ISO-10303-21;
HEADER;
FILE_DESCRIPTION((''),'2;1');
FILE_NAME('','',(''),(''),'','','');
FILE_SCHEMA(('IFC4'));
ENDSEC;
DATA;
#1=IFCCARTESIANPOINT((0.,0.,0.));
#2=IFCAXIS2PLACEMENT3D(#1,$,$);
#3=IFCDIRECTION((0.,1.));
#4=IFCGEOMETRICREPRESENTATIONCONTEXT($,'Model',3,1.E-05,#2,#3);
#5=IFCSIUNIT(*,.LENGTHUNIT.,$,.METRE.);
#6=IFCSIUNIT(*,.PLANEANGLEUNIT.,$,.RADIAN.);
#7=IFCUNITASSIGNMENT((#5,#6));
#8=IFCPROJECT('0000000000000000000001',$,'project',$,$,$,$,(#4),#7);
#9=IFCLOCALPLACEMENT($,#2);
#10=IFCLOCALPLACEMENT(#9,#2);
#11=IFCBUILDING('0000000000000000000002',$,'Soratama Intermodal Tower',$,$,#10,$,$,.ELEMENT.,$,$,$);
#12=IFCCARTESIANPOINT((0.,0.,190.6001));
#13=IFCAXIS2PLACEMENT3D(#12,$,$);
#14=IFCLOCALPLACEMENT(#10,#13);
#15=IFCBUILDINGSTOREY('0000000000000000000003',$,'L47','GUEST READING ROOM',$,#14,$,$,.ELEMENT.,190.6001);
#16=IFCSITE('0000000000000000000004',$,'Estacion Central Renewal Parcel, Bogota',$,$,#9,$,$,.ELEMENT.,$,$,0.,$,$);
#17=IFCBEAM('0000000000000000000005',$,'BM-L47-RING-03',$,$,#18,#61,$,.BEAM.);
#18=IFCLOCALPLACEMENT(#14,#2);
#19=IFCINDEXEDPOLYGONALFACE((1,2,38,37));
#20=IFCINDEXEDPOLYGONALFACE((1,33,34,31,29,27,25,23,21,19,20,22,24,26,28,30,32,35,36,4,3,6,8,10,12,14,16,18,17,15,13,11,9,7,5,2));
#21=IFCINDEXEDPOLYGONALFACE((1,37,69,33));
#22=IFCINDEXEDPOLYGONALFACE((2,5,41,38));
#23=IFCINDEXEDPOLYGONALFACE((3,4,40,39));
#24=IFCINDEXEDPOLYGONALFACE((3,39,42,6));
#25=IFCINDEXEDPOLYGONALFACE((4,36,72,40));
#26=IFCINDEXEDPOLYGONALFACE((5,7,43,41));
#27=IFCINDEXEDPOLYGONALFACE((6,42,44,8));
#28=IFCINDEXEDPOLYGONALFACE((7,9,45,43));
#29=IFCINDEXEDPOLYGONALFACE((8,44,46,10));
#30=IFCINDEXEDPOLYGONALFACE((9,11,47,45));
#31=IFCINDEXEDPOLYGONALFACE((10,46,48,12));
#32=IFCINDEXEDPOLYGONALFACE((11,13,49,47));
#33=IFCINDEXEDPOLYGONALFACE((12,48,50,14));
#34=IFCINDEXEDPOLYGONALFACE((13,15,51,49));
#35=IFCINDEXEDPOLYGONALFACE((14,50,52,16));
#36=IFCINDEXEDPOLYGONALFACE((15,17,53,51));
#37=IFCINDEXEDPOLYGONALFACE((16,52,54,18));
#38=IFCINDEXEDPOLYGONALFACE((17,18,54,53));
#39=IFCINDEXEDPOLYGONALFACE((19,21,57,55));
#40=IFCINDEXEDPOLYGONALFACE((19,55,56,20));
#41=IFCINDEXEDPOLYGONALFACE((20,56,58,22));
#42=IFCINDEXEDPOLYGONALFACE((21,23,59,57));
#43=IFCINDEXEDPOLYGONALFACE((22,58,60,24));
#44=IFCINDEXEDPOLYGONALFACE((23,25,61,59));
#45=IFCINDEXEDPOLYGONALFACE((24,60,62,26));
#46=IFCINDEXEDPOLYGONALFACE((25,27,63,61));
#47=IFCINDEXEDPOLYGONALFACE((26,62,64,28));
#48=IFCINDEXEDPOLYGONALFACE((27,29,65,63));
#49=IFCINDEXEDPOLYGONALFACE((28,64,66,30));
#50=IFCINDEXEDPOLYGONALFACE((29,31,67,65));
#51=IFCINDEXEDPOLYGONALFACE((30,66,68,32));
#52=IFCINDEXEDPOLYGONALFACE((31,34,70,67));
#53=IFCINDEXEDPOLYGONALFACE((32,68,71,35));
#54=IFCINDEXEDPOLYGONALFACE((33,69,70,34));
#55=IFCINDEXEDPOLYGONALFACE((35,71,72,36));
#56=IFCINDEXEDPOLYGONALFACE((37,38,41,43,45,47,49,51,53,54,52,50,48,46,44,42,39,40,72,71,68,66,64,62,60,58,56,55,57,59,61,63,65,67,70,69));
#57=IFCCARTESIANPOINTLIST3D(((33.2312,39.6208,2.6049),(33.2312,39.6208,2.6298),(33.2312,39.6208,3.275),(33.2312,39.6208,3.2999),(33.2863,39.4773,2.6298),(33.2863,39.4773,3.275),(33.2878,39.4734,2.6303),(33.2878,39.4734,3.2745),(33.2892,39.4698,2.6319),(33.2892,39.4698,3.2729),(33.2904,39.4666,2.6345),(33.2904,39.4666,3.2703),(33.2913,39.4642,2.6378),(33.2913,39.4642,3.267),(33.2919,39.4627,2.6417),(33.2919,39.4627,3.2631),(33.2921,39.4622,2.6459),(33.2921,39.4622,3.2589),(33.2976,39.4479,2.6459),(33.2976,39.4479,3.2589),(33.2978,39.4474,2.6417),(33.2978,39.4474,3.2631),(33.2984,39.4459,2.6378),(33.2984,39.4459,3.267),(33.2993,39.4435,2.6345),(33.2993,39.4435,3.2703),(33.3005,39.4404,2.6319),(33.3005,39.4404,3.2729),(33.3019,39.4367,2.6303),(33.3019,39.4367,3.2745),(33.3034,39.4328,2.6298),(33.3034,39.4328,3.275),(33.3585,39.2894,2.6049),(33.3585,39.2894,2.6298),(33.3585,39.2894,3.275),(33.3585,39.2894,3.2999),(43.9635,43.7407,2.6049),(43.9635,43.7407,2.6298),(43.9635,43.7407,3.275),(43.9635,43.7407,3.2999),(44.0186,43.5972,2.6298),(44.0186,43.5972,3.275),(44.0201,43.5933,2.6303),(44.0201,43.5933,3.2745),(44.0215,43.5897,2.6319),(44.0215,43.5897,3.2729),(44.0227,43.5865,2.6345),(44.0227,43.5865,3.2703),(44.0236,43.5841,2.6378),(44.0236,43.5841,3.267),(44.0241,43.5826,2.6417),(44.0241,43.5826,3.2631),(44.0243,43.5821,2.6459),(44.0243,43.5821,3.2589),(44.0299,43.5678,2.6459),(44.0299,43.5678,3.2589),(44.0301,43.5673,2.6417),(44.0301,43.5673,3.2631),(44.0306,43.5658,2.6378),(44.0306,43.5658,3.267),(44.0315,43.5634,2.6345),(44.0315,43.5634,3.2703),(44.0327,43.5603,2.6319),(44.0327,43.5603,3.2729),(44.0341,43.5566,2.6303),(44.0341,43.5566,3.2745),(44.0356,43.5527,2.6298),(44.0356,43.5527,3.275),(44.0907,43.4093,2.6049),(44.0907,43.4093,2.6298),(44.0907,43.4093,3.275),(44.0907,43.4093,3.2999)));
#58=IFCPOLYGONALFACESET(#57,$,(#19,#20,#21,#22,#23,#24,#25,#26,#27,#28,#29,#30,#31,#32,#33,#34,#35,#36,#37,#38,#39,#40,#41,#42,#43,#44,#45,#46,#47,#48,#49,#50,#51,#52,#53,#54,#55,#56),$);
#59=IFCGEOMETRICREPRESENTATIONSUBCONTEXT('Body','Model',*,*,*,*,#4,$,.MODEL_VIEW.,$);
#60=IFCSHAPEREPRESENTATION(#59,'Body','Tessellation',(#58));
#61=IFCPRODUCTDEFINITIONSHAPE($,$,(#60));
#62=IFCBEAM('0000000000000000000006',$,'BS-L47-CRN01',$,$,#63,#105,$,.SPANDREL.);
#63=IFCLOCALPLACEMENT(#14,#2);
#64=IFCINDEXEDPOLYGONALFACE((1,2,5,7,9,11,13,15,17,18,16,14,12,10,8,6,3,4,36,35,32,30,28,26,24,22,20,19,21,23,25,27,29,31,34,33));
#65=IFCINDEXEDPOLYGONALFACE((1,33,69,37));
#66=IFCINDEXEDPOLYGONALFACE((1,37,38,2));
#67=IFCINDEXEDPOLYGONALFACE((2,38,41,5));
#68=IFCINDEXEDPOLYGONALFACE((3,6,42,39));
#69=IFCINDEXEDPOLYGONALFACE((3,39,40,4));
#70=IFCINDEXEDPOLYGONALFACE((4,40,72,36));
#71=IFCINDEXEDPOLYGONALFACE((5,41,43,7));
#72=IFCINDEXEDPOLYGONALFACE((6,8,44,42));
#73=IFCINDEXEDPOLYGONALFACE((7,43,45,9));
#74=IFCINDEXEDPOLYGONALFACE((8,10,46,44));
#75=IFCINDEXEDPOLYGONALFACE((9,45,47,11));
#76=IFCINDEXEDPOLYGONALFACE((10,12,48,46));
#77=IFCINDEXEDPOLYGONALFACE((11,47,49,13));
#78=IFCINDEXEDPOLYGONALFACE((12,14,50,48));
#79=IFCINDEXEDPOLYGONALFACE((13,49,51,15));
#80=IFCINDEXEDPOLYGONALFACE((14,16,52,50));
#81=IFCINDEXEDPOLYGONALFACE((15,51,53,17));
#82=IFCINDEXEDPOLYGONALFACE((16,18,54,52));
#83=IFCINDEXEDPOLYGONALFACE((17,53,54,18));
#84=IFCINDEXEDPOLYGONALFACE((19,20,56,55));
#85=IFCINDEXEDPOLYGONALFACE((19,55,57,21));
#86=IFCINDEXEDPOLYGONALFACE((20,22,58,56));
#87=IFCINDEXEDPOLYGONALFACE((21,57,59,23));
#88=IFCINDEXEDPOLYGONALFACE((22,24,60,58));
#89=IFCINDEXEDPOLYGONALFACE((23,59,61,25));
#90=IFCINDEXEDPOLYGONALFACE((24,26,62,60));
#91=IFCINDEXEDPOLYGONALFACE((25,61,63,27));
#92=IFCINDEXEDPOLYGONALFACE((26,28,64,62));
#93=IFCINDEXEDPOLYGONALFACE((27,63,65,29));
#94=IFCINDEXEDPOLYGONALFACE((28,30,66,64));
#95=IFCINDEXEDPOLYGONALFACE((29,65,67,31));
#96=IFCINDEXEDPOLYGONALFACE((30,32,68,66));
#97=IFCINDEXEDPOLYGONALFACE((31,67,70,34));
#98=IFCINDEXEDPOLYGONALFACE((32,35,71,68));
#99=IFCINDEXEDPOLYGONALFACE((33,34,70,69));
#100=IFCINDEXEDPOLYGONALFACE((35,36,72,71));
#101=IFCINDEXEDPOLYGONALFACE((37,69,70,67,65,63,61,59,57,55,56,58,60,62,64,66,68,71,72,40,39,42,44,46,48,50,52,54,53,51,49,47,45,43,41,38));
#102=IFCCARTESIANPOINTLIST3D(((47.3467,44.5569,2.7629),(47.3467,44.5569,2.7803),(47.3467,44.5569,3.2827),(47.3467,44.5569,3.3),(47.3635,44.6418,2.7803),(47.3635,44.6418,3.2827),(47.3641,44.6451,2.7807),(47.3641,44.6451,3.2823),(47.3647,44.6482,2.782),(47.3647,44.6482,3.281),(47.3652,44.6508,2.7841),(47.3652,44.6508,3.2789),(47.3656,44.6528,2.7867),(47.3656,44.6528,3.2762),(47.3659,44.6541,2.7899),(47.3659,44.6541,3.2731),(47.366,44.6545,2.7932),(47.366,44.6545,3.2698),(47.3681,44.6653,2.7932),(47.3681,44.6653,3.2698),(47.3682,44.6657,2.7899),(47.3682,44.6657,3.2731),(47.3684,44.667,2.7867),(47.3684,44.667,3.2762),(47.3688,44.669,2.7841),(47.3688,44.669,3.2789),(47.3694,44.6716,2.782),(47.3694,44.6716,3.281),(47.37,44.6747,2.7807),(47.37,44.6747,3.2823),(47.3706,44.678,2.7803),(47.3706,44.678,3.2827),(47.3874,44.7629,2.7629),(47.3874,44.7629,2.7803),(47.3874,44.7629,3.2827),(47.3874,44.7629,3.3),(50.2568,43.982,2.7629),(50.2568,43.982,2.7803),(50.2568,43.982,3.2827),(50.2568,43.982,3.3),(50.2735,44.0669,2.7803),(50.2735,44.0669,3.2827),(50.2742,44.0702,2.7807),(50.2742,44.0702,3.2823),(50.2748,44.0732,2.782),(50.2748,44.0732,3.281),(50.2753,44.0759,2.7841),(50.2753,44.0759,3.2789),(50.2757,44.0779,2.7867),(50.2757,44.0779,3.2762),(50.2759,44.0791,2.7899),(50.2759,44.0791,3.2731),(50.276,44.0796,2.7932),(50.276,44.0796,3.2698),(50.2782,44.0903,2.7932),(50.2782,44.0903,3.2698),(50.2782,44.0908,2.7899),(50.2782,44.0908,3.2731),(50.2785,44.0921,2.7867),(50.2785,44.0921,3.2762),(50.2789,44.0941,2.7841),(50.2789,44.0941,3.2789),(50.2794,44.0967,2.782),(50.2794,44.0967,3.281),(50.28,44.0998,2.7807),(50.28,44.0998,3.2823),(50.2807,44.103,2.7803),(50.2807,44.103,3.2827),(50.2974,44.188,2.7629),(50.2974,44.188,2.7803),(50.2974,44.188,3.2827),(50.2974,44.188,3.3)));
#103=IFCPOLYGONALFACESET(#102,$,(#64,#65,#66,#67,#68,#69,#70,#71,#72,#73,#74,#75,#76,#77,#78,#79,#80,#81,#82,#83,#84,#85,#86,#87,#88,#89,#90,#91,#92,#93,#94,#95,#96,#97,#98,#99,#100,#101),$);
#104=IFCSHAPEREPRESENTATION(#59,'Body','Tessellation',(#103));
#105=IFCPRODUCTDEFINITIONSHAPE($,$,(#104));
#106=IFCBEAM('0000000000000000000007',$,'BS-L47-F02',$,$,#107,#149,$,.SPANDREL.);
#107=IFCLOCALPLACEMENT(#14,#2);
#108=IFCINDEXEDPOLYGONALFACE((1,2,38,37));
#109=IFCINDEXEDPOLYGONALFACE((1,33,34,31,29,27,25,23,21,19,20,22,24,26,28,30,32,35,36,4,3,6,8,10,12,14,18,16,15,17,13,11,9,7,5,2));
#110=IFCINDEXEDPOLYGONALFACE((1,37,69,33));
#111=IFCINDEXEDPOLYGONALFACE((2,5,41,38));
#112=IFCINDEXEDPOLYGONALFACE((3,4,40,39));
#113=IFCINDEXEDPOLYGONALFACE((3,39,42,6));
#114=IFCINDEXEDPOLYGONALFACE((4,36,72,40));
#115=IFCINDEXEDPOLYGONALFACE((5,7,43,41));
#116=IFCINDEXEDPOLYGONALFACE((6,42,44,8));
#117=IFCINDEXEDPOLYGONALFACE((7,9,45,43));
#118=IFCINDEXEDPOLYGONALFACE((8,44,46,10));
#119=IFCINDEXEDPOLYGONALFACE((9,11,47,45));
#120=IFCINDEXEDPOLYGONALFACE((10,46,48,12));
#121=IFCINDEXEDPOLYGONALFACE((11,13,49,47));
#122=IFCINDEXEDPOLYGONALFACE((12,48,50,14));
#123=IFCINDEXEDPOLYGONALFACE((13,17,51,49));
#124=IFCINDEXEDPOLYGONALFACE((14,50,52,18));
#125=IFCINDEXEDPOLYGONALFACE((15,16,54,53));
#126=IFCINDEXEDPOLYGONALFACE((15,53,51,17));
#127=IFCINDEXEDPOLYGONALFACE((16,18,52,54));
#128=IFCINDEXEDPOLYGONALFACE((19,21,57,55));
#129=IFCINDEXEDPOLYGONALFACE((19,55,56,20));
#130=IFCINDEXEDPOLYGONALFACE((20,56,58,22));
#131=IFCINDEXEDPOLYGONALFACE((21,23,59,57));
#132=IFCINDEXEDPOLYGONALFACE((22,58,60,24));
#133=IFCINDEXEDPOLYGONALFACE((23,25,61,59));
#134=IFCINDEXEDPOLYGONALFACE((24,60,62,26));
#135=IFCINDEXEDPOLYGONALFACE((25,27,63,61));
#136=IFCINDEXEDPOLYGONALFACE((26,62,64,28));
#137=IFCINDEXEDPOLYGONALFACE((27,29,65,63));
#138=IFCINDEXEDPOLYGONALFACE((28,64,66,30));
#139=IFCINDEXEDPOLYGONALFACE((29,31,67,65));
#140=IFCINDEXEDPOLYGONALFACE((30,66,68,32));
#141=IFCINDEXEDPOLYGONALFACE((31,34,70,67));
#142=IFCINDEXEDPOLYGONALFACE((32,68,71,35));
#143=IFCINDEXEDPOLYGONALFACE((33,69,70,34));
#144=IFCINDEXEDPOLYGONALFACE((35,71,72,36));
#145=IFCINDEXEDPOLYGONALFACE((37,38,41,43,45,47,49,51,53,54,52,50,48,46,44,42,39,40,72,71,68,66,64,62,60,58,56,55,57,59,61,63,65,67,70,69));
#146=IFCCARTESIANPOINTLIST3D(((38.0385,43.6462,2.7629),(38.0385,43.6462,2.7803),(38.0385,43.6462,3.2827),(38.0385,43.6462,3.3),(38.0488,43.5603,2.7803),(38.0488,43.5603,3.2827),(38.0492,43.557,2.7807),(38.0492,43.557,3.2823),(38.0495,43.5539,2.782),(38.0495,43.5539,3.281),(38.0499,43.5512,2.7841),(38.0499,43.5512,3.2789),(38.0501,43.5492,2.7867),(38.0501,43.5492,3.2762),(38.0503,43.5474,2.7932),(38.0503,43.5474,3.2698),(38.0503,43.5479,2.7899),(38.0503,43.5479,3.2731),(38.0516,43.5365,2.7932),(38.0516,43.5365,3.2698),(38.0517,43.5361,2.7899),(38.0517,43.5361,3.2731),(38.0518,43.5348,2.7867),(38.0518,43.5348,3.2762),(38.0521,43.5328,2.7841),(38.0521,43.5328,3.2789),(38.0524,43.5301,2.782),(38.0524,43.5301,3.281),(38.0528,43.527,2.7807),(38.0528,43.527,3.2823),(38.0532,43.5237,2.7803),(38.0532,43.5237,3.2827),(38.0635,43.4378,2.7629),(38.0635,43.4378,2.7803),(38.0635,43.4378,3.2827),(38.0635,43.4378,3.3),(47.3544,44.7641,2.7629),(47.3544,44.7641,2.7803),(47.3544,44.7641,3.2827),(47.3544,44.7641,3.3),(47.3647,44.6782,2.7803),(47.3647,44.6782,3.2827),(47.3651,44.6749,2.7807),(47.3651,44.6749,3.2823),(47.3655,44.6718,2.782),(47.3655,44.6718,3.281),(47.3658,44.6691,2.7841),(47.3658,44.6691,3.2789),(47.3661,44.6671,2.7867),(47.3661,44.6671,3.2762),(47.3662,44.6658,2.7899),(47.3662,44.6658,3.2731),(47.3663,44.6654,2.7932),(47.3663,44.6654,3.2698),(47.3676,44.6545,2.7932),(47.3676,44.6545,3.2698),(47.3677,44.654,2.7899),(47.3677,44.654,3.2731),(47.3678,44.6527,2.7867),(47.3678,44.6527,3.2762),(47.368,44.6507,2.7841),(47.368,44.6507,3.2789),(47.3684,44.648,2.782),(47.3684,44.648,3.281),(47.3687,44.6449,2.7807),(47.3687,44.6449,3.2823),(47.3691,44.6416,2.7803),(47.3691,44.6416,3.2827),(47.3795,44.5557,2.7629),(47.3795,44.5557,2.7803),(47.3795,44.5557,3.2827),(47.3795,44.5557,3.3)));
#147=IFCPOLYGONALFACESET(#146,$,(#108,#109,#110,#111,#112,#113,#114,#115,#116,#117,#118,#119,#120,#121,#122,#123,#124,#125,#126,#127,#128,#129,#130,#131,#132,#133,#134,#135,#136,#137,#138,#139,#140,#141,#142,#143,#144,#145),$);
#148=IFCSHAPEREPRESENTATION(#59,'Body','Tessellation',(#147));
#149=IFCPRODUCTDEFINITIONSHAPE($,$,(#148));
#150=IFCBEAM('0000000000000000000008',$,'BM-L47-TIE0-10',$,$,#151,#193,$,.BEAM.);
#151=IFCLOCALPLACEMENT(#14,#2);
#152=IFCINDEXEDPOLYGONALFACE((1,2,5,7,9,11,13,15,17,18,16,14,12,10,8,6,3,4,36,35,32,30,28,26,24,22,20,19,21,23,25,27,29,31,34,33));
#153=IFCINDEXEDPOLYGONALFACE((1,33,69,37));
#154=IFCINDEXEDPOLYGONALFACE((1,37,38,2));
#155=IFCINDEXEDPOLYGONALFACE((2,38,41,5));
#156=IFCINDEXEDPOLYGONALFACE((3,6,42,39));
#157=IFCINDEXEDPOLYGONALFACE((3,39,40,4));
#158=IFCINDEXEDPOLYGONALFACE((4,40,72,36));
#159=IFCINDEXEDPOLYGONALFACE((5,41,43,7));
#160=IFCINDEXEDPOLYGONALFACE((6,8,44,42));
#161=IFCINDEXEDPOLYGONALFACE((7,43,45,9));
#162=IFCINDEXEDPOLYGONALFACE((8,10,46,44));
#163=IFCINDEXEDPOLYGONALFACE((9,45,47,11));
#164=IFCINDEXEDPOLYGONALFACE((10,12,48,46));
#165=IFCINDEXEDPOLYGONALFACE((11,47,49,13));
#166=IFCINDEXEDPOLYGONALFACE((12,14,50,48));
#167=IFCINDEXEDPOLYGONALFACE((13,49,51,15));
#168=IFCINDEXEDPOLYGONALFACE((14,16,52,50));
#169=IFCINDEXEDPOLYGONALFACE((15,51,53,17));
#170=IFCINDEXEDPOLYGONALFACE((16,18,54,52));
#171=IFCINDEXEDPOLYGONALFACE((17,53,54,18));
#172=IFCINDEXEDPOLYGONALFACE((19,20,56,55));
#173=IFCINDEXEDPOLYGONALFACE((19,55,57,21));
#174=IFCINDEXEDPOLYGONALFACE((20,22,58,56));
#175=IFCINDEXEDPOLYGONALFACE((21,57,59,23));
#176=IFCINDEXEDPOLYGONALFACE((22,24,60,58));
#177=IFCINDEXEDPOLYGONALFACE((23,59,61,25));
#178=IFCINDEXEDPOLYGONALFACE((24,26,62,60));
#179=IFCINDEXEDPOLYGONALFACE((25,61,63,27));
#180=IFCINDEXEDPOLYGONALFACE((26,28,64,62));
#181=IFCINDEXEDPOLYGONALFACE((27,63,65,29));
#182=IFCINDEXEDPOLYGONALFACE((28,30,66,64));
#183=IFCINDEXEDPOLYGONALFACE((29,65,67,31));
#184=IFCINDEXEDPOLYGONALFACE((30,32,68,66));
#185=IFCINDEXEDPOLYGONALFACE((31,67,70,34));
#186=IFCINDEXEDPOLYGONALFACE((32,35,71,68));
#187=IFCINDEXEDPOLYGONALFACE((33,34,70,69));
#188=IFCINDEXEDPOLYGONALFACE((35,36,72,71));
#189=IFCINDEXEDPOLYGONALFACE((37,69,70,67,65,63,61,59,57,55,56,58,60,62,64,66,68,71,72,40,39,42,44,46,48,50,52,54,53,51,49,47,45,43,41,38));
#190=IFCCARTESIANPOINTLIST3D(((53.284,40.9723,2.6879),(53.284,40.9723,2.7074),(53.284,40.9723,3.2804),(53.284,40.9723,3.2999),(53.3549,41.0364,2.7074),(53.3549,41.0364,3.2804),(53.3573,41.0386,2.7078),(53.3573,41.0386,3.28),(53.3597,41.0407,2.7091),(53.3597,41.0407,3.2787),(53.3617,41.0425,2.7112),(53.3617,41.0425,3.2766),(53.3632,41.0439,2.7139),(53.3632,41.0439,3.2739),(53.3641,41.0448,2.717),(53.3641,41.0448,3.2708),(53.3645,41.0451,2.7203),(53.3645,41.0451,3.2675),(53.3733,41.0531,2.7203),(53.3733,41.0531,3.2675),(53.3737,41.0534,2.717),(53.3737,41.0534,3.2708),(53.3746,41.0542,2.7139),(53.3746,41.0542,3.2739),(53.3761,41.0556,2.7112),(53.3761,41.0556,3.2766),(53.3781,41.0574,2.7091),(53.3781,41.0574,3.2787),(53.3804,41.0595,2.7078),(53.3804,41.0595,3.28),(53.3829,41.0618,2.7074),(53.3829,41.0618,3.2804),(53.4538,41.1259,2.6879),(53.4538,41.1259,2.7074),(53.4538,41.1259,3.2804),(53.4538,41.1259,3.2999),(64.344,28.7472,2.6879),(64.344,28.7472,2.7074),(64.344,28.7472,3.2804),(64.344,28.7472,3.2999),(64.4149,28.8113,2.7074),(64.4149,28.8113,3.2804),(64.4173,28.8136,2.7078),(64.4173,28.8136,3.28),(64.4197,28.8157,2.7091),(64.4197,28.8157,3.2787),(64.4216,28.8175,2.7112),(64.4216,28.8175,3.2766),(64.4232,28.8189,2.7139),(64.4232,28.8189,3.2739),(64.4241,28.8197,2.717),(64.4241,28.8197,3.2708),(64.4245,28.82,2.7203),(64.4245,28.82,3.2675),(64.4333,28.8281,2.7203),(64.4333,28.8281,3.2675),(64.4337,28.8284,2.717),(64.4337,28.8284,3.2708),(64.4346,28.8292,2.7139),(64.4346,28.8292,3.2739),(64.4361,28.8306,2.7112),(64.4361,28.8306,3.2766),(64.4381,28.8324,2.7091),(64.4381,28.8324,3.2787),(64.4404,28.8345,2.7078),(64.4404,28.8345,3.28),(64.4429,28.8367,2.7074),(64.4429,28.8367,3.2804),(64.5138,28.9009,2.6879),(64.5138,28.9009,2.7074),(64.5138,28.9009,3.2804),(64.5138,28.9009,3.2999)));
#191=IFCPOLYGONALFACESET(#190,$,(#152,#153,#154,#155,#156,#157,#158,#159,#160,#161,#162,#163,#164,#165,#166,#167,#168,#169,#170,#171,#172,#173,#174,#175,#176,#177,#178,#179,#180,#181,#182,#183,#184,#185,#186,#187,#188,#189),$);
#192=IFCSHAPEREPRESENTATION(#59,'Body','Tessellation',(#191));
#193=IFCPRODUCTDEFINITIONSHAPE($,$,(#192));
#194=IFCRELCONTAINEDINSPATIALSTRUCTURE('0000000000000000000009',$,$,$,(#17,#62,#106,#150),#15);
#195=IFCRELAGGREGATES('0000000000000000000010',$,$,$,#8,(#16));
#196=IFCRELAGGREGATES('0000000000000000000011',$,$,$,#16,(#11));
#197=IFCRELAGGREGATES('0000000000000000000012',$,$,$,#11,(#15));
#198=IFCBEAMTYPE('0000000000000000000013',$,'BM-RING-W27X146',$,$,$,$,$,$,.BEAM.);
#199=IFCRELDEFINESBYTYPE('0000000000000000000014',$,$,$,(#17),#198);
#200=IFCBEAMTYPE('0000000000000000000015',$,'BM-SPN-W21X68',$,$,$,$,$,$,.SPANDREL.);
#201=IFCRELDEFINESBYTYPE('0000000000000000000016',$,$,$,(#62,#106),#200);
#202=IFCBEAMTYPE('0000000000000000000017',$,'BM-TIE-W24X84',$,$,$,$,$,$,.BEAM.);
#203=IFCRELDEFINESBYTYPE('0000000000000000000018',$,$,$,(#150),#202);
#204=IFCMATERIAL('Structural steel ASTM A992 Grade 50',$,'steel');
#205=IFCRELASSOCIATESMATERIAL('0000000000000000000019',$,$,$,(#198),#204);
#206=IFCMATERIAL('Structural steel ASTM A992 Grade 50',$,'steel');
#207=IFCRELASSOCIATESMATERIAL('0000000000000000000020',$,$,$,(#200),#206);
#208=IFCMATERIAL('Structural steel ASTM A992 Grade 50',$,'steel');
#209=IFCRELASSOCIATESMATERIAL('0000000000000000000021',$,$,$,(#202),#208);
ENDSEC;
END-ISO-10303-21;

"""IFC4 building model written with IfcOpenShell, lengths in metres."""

from ifc_helpers import new_model, si_unit, direction, frame, origin, origin_2d, place, context, subcontext, project, spatial, i_section, extrude, material, material_profile, profile_set, type_object, element, save


model = new_model("IFC4")

# Units and contexts
model_context = context("Model", 3, precision=1e-05, world=origin(), true_north=direction((0.0, 1.0)))
body_context = subcontext(model_context, "Body", "Model", "MODEL_VIEW")
ifc_project = project(units=[si_unit("LENGTHUNIT", "METRE"), si_unit("PLANEANGLEUNIT", "RADIAN")], contexts=[model_context])

# Site, building, storey
site_placement = place(None, origin())
site = spatial("IfcSite", under=ifc_project, at=site_placement, Name="Estacion Central Renewal Parcel, Bogota", CompositionType="ELEMENT", RefElevation=0.0)
building_placement = place(site_placement, origin())
building = spatial("IfcBuilding", under=site, at=building_placement, Name="Soratama Intermodal Tower", CompositionType="ELEMENT")
storey_placement = place(building_placement, frame((0.0, 0.0, 190.6001)))
storey = spatial("IfcBuildingStorey", under=building, at=storey_placement, Name="L47", Description="GUEST READING ROOM", CompositionType="ELEMENT", Elevation=190.6001)

# Beams
ifc_material_1 = material(Name="Structural steel ASTM A992 Grade 50", Category="steel")
ifc_material_profile_1 = material_profile(ifc_material_1, i_section(OverallWidth=0.355, OverallDepth=0.6951, WebThickness=0.0154, FlangeThickness=0.0249, FilletRadius=0.0161, at=origin_2d()), Name="W27X146")
ifc_profile_set_1 = profile_set([ifc_material_profile_1], Name="Structural steel ASTM A992 Grade 50")
beam_type_1 = type_object("IfcBeamType", Name="BM-RING-W27X146", PredefinedType="BEAM", material=ifc_profile_set_1)
beam_1_placement = place(storey_placement, frame((44.0271, 43.575, 2.9524), z_axis=(-0.933575, -0.358381, 0.0), x_axis=(0.358381, -0.933575, 0.0)))
element("IfcBeam", 1, at=beam_1_placement, inside=storey, type_object=beam_type_1, Name="BM-L47-RING-03", PredefinedType="BEAM", context=body_context, shape_type="SweptSolid", body=[
    extrude(i_section(OverallWidth=0.355, OverallDepth=0.6951, WebThickness=0.0154, FlangeThickness=0.0249, FilletRadius=0.0161, at=origin_2d()), origin(), (0.0, 0.0, 1.0), 11.4958),
])
ifc_material_2 = material(Name="Structural steel ASTM A992 Grade 50", Category="steel")
ifc_material_profile_2 = material_profile(ifc_material_2, i_section(OverallWidth=0.21, OverallDepth=0.5371, WebThickness=0.011, FlangeThickness=0.0173, FilletRadius=0.0129, at=origin_2d()), Name="W21X68")
ifc_profile_set_2 = profile_set([ifc_material_profile_2], Name="Structural steel ASTM A992 Grade 50")
beam_type_2 = type_object("IfcBeamType", Name="BM-SPN-W21X68", PredefinedType="SPANDREL", material=ifc_profile_set_2)
beam_2_placement = place(storey_placement, frame((50.2771, 44.085, 3.0315), z_axis=(-0.981037, 0.193821, 0.0), x_axis=(-0.193821, -0.981037, 0.0)))
element("IfcBeam", 2, at=beam_2_placement, inside=storey, type_object=beam_type_2, Name="BS-L47-CRN01", PredefinedType="SPANDREL", context=body_context, shape_type="SweptSolid", body=[
    extrude(i_section(OverallWidth=0.21, OverallDepth=0.5371, WebThickness=0.011, FlangeThickness=0.0173, FilletRadius=0.0129, at=origin_2d()), origin(), (0.0, 0.0, 1.0), 2.9663),
])
beam_3_placement = place(storey_placement, frame((47.3669, 44.6599, 3.0315), z_axis=(-0.992877, -0.119146, 0.0), x_axis=(0.119146, -0.992877, 0.0)))
element("IfcBeam", 3, at=beam_3_placement, inside=storey, type_object=beam_type_2, Name="BS-L47-F02", PredefinedType="SPANDREL", context=body_context, shape_type="SweptSolid", body=[
    extrude(i_section(OverallWidth=0.21, OverallDepth=0.5371, WebThickness=0.011, FlangeThickness=0.0173, FilletRadius=0.0129, at=origin_2d()), origin(), (0.0, 0.0, 1.0), 9.3828),
])
ifc_material_3 = material(Name="Structural steel ASTM A992 Grade 50", Category="steel")
ifc_material_profile_3 = material_profile(ifc_material_3, i_section(OverallWidth=0.229, OverallDepth=0.6121, WebThickness=0.012, FlangeThickness=0.0195, FilletRadius=0.0129, at=origin_2d()), Name="W24X84")
ifc_profile_set_3 = profile_set([ifc_material_profile_3], Name="Structural steel ASTM A992 Grade 50")
beam_type_3 = type_object("IfcBeamType", Name="BM-TIE-W24X84", PredefinedType="BEAM", material=ifc_profile_set_3)
beam_4_placement = place(storey_placement, frame((53.3689, 41.0491, 2.9939), z_axis=(0.670889, -0.741558, 0.0), x_axis=(0.741558, 0.670889, 0.0)))
element("IfcBeam", 4, at=beam_4_placement, inside=storey, type_object=beam_type_3, Name="BM-L47-TIE0-10", PredefinedType="BEAM", context=body_context, shape_type="SweptSolid", body=[
    extrude(i_section(OverallWidth=0.229, OverallDepth=0.6121, WebThickness=0.012, FlangeThickness=0.0195, FilletRadius=0.0129, at=origin_2d()), origin(), (0.0, 0.0, 1.0), 16.4856),
])

save(model, "model.ifc")
